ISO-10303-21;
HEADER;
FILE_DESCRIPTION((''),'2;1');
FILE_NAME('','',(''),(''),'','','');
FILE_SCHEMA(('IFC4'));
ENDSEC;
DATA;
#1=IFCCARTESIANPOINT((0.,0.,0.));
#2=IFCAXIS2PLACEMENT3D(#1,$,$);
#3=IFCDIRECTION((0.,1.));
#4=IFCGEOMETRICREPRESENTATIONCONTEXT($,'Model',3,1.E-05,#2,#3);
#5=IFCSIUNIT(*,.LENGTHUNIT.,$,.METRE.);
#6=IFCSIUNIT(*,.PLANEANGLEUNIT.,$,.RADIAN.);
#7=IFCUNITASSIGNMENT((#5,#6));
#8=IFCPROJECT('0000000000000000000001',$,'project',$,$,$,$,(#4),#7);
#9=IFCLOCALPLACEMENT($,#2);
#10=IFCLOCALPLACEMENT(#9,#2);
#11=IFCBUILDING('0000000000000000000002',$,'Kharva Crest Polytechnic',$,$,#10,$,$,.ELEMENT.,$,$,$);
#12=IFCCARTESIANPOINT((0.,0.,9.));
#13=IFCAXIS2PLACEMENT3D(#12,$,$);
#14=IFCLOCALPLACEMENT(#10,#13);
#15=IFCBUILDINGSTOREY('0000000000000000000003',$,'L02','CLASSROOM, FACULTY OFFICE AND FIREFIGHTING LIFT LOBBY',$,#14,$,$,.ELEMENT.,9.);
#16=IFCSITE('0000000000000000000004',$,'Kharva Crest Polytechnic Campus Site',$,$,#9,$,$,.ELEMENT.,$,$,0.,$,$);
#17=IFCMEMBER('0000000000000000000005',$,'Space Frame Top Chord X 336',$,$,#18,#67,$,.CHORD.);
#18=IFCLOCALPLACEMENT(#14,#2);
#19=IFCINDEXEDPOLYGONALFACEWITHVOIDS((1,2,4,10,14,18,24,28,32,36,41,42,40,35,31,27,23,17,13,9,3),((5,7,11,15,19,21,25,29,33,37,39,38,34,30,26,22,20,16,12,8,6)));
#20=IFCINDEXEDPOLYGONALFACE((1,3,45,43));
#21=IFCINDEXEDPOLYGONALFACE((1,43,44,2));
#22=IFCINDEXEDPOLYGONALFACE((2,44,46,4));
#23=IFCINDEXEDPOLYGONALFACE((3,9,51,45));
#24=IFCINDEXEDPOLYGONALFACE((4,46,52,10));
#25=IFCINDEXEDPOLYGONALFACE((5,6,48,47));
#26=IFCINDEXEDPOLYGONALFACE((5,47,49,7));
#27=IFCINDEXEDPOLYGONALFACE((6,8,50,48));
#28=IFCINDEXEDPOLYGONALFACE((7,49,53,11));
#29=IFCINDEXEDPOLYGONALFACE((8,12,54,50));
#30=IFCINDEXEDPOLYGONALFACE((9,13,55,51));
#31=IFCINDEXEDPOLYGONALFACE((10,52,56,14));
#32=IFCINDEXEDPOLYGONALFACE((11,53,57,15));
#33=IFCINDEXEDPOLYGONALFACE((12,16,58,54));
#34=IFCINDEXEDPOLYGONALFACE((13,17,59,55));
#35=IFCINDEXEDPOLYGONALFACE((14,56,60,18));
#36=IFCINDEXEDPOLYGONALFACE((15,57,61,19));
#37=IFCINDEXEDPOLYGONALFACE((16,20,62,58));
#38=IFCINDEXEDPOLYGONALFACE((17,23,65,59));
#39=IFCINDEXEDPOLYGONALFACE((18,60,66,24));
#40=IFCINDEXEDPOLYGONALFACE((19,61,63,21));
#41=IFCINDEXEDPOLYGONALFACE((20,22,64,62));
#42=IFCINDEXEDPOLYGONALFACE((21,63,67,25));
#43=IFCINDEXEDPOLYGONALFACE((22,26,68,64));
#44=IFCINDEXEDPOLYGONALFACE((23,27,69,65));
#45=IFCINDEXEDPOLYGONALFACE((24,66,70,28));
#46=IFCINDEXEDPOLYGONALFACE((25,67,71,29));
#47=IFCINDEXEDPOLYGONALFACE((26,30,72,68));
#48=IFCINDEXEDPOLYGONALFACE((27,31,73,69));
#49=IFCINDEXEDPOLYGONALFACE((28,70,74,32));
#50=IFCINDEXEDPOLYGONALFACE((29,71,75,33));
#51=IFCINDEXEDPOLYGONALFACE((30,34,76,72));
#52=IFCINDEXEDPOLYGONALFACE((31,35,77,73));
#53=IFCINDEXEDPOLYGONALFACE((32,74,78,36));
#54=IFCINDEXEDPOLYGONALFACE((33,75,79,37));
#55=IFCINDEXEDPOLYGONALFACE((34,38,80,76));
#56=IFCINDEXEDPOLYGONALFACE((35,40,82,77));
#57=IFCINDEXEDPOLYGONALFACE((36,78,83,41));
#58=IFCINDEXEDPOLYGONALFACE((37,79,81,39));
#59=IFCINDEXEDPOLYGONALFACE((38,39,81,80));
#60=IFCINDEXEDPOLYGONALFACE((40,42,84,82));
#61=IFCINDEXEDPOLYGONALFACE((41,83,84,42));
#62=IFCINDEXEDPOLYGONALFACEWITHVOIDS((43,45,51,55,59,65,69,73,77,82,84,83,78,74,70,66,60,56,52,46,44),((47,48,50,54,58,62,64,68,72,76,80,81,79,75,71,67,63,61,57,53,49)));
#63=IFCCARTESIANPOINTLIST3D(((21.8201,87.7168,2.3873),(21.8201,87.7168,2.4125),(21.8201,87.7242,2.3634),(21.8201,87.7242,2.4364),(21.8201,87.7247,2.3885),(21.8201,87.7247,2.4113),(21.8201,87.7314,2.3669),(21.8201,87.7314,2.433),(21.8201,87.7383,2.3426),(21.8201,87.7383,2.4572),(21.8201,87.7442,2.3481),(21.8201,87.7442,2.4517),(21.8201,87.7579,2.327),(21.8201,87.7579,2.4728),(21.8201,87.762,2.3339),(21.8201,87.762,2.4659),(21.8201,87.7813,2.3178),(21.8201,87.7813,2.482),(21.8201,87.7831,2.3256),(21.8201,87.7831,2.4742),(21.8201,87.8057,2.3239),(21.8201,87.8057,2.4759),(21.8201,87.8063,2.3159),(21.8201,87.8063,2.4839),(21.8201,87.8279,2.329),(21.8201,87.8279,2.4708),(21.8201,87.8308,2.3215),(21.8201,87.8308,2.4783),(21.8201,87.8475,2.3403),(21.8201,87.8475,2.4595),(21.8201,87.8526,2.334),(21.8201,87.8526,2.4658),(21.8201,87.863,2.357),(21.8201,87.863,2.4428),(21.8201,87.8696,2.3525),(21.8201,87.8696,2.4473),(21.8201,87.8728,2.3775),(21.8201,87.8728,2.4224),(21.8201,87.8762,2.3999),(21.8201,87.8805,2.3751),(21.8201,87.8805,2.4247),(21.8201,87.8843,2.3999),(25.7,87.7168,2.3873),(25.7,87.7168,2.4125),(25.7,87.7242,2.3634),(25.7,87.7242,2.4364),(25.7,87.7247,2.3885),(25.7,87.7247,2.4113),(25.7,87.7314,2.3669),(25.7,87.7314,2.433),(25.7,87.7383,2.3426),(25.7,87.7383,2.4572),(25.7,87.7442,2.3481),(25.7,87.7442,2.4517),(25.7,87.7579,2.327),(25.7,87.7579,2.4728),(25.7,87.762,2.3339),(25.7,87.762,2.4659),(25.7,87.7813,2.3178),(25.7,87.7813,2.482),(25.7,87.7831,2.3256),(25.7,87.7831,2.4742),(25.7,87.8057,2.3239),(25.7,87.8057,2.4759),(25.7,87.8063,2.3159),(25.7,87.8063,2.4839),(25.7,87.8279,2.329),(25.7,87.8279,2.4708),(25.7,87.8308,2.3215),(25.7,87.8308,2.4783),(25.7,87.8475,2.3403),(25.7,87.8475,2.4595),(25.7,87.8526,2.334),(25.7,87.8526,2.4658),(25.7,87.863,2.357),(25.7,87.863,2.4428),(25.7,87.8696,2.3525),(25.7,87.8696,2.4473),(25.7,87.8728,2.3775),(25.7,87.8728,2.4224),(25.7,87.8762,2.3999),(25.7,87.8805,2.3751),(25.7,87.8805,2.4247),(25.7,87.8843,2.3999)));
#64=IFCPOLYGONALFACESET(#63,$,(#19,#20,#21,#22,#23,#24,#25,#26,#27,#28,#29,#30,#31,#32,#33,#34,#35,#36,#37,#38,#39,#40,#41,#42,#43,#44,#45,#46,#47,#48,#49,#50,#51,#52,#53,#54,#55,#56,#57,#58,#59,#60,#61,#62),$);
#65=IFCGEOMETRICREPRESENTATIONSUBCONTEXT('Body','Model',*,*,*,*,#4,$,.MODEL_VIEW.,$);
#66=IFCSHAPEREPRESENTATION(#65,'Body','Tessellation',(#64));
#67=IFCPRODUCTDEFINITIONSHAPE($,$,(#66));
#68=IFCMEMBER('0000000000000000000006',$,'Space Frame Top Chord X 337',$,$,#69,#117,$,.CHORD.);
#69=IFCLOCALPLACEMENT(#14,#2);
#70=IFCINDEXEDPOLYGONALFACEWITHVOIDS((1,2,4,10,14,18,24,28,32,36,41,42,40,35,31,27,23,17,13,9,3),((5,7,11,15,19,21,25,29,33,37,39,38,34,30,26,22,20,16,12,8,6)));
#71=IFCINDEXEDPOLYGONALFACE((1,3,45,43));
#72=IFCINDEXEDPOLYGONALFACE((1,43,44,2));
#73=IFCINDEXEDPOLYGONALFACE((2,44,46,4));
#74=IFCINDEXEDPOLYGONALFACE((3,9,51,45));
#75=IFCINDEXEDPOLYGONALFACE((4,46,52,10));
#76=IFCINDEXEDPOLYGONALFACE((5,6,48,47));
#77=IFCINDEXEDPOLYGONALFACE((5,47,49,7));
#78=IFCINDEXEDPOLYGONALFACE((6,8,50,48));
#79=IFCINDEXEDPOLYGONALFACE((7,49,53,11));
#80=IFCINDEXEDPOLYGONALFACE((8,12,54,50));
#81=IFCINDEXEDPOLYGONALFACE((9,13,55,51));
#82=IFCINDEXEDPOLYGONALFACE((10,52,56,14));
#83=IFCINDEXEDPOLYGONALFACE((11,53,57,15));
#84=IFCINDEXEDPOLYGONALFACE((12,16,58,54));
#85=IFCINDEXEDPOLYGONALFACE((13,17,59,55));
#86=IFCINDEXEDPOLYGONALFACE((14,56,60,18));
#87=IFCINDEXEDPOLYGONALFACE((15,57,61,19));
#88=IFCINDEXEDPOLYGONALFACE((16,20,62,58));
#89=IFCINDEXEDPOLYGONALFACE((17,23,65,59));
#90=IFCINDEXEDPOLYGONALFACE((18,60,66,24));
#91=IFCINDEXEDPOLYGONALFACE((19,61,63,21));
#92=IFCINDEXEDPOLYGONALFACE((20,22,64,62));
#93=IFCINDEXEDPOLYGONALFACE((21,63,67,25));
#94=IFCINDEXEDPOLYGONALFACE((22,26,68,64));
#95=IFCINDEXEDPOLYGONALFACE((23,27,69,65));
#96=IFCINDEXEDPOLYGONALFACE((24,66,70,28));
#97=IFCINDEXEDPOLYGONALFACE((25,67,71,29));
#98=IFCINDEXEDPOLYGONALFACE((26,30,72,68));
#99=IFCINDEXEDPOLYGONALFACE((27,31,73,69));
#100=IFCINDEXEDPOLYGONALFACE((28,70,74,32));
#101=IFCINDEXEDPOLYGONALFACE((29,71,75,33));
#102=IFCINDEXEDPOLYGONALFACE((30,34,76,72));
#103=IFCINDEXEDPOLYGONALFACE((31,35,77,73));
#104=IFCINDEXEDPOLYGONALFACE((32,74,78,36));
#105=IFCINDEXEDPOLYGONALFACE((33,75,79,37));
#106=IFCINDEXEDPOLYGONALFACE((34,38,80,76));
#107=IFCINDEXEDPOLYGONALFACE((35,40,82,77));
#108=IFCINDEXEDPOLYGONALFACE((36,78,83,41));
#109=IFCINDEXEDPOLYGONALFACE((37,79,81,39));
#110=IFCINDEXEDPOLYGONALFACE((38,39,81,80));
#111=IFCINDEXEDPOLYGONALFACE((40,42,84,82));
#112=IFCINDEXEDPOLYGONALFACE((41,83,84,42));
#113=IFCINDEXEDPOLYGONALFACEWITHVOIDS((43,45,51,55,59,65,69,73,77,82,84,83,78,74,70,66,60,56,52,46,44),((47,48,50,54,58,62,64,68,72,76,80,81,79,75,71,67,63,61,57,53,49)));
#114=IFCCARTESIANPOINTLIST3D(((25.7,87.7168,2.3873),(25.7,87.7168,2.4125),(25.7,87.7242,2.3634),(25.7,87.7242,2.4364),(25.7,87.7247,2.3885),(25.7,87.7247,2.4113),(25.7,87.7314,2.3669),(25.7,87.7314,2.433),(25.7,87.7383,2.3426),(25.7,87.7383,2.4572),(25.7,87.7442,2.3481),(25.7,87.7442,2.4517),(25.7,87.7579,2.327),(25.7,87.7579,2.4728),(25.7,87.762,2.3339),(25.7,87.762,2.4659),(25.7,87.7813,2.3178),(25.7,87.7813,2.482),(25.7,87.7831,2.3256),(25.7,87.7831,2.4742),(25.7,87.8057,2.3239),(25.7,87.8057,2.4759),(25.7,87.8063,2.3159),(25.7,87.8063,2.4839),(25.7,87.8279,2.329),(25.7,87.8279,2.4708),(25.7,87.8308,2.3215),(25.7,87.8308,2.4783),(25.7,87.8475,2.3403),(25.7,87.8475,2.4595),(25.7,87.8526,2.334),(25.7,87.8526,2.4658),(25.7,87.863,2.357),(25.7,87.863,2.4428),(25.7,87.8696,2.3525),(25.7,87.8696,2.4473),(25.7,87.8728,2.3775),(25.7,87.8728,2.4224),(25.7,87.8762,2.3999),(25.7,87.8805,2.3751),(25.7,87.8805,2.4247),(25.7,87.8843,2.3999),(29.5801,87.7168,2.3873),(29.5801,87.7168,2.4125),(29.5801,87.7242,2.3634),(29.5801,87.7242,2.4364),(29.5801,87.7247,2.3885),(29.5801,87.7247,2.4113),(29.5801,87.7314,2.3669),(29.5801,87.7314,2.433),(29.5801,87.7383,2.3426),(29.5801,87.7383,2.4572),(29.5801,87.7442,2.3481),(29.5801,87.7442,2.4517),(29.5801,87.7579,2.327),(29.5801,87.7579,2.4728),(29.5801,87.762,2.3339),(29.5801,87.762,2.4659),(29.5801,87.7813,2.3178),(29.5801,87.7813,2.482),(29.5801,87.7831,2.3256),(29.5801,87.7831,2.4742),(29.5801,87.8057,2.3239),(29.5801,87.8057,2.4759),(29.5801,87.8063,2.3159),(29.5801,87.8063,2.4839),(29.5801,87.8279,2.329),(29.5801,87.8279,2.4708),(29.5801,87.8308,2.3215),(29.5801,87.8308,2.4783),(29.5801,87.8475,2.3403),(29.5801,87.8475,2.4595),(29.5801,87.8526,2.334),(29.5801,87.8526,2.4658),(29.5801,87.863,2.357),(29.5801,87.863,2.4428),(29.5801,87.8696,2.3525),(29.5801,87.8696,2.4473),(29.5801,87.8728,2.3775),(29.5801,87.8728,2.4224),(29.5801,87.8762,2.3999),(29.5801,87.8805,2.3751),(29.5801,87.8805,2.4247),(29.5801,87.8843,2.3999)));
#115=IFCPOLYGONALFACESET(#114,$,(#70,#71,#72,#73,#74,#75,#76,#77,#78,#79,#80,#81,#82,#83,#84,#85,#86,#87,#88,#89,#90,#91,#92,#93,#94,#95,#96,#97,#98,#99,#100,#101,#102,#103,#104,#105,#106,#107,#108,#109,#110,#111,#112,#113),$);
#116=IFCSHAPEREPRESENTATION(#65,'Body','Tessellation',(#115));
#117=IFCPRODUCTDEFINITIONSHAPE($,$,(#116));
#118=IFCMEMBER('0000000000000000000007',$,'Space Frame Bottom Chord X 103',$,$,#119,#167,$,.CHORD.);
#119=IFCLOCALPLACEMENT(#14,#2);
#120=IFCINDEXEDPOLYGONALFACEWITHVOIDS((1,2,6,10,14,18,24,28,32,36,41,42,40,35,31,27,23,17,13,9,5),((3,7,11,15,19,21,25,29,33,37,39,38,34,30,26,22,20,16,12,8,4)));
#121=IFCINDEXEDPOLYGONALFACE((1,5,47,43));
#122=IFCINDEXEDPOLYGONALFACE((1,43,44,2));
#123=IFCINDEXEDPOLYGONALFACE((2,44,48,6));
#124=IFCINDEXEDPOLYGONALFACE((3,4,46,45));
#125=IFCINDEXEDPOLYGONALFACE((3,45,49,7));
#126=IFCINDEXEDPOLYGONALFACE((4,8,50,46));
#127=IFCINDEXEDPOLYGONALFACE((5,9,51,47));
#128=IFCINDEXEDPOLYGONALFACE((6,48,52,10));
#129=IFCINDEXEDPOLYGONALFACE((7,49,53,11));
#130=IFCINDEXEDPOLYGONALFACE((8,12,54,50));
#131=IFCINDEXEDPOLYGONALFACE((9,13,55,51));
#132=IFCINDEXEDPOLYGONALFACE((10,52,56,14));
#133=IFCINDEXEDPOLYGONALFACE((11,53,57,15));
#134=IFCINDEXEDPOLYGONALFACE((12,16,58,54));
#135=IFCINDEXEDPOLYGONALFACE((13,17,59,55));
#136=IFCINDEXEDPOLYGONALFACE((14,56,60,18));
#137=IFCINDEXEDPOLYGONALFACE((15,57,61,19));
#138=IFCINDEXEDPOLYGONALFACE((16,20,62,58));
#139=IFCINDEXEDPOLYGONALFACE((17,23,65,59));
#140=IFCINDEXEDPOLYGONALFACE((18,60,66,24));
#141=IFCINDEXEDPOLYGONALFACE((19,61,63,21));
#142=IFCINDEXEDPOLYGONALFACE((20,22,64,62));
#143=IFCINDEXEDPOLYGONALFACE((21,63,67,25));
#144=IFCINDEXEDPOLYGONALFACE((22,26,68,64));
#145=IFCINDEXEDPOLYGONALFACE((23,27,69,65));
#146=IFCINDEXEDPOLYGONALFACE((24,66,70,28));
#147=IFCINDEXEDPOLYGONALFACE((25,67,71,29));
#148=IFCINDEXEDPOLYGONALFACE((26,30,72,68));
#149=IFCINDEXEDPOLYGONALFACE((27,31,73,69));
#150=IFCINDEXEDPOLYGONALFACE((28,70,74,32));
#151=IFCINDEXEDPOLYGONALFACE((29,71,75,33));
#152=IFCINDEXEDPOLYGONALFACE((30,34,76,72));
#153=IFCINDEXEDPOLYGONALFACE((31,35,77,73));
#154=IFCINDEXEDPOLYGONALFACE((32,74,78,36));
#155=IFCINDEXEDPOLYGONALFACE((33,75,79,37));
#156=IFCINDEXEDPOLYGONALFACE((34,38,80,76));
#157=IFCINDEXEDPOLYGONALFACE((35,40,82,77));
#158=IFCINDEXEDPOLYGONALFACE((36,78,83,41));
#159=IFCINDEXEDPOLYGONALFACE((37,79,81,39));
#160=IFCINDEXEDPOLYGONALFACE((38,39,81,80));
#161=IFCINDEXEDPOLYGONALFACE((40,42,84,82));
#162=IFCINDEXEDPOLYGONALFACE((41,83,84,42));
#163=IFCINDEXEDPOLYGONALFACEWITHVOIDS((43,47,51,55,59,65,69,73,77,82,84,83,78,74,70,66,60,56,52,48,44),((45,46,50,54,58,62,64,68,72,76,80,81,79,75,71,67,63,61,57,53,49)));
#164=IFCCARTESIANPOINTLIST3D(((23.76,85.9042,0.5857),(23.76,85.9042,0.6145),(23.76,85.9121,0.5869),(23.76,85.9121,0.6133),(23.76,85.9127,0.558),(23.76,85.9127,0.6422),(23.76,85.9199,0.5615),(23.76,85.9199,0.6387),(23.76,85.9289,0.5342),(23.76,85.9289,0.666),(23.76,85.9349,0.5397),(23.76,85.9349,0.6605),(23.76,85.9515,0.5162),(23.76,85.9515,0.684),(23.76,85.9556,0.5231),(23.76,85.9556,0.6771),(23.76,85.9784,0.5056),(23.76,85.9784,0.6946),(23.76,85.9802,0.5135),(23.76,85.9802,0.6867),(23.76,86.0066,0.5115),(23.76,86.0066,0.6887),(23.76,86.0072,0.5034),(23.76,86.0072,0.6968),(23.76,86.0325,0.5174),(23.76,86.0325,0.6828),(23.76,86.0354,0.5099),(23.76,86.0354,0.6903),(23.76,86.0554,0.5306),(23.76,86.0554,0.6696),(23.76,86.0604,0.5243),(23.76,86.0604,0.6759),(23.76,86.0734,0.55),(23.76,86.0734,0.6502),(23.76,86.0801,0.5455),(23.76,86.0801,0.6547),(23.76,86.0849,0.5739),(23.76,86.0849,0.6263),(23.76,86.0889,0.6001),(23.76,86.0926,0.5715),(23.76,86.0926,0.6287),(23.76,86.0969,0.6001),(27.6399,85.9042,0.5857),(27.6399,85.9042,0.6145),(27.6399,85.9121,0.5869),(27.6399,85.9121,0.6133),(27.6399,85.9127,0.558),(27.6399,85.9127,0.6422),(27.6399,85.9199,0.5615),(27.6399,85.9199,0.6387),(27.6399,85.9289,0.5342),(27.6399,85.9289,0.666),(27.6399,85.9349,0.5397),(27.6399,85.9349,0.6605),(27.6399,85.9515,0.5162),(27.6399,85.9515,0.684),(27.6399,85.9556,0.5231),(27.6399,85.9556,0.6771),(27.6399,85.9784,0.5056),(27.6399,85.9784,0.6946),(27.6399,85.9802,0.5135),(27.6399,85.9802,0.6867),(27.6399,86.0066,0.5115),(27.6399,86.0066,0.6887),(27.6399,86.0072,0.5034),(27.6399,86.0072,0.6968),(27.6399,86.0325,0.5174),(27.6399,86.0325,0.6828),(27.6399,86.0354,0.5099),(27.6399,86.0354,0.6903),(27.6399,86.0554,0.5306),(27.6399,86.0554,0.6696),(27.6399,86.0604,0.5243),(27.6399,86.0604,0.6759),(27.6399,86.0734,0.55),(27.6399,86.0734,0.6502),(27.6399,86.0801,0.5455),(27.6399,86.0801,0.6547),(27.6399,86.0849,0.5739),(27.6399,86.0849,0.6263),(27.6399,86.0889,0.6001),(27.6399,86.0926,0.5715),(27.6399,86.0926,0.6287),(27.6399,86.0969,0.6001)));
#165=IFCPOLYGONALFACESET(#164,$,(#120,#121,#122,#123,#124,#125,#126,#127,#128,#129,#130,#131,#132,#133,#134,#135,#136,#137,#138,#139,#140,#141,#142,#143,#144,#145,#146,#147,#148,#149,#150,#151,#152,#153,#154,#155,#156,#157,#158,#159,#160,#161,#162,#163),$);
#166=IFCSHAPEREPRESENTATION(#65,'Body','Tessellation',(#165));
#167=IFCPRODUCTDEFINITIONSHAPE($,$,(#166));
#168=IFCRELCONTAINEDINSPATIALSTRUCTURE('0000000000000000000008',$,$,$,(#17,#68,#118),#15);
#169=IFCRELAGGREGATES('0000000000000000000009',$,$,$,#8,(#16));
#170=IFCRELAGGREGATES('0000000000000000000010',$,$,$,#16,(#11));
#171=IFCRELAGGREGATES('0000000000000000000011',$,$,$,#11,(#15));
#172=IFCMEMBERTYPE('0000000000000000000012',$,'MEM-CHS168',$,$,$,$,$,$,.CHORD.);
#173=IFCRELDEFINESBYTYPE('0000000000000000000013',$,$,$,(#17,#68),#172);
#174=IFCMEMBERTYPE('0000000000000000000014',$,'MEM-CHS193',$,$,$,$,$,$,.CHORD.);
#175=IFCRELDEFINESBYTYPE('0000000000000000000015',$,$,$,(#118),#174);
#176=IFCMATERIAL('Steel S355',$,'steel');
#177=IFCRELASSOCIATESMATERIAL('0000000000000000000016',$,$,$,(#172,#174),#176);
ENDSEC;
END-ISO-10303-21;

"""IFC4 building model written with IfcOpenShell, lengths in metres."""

from ifc_helpers import new_model, si_unit, direction, frame, origin, origin_2d, place, context, subcontext, project, spatial, hollow_circle, extrude, material, material_profile, profile_set, type_object, element, save


model = new_model("IFC4")

# Units and contexts
model_context = context("Model", 3, precision=1e-05, world=origin(), true_north=direction((0.0, 1.0)))
body_context = subcontext(model_context, "Body", "Model", "MODEL_VIEW")
ifc_project = project(units=[si_unit("LENGTHUNIT", "METRE"), si_unit("PLANEANGLEUNIT", "RADIAN")], contexts=[model_context])

# Site, building, storey
site_placement = place(None, origin())
site = spatial("IfcSite", under=ifc_project, at=site_placement, Name="Kharva Crest Polytechnic Campus Site", CompositionType="ELEMENT", RefElevation=0.0)
building_placement = place(site_placement, origin())
building = spatial("IfcBuilding", under=site, at=building_placement, Name="Kharva Crest Polytechnic", CompositionType="ELEMENT")
storey_placement = place(building_placement, frame((0.0, 0.0, 9.0)))
storey = spatial("IfcBuildingStorey", under=building, at=storey_placement, Name="L02", Description="CLASSROOM, FACULTY OFFICE AND FIREFIGHTING LIFT LOBBY", CompositionType="ELEMENT", Elevation=9.0)

# Shared definitions
ifc_material_1 = material(Name="Steel S355", Category="steel")

# Members
ifc_material_profile_1 = material_profile(ifc_material_1, hollow_circle(Radius=0.0842, WallThickness=0.0081, at=origin_2d()), Name="CHS 168.3X8.0")
ifc_profile_set_1 = profile_set([ifc_material_profile_1], Name="Steel S355")
member_type_1 = type_object("IfcMemberType", Name="MEM-CHS168", PredefinedType="CHORD", material=ifc_profile_set_1)
member_1_placement = place(storey_placement, frame((21.8201, 87.8, 2.3999), z_axis=(1.0, 0.0, 0.0), x_axis=(0.0, 1.0, 0.0)))
element("IfcMember", 1, at=member_1_placement, inside=storey, type_object=member_type_1, Name="Space Frame Top Chord X 336", PredefinedType="CHORD", context=body_context, shape_type="SweptSolid", body=[
    extrude(hollow_circle(Radius=0.0842, WallThickness=0.0081, at=origin_2d()), origin(), (0.0, 0.0, 1.0), 3.8799),
])
member_2_placement = place(storey_placement, frame((25.7, 87.8, 2.3999), z_axis=(1.0, 0.0, 0.0), x_axis=(0.0, 1.0, 0.0)))
element("IfcMember", 2, at=member_2_placement, inside=storey, type_object=member_type_1, Name="Space Frame Top Chord X 337", PredefinedType="CHORD", context=body_context, shape_type="SweptSolid", body=[
    extrude(hollow_circle(Radius=0.0842, WallThickness=0.0081, at=origin_2d()), origin(), (0.0, 0.0, 1.0), 3.8801),
])
ifc_material_profile_2 = material_profile(ifc_material_1, hollow_circle(Radius=0.0969, WallThickness=0.0081, at=origin_2d()), Name="CHS 193.7X8.0")
ifc_profile_set_2 = profile_set([ifc_material_profile_2], Name="Steel S355")
member_type_2 = type_object("IfcMemberType", Name="MEM-CHS193", PredefinedType="CHORD", material=ifc_profile_set_2)
for number, where, z_axis, x_axis, name in (
    (3, (23.76, 86.0, 0.6001), (1.0, 0.0, 0.0), (0.0, 1.0, 0.0), "Space Frame Bottom Chord X 103"),
):
    element("IfcMember", number, at=place(storey_placement, frame(where, z_axis=z_axis, x_axis=x_axis)), inside=storey, type_object=member_type_2, Name=name, PredefinedType="CHORD", context=body_context, shape_type="SweptSolid", body=[
        extrude(hollow_circle(Radius=0.0969, WallThickness=0.0081, at=origin_2d()), origin(), (0.0, 0.0, 1.0), 3.8799),
    ])

save(model, "model.ifc")
